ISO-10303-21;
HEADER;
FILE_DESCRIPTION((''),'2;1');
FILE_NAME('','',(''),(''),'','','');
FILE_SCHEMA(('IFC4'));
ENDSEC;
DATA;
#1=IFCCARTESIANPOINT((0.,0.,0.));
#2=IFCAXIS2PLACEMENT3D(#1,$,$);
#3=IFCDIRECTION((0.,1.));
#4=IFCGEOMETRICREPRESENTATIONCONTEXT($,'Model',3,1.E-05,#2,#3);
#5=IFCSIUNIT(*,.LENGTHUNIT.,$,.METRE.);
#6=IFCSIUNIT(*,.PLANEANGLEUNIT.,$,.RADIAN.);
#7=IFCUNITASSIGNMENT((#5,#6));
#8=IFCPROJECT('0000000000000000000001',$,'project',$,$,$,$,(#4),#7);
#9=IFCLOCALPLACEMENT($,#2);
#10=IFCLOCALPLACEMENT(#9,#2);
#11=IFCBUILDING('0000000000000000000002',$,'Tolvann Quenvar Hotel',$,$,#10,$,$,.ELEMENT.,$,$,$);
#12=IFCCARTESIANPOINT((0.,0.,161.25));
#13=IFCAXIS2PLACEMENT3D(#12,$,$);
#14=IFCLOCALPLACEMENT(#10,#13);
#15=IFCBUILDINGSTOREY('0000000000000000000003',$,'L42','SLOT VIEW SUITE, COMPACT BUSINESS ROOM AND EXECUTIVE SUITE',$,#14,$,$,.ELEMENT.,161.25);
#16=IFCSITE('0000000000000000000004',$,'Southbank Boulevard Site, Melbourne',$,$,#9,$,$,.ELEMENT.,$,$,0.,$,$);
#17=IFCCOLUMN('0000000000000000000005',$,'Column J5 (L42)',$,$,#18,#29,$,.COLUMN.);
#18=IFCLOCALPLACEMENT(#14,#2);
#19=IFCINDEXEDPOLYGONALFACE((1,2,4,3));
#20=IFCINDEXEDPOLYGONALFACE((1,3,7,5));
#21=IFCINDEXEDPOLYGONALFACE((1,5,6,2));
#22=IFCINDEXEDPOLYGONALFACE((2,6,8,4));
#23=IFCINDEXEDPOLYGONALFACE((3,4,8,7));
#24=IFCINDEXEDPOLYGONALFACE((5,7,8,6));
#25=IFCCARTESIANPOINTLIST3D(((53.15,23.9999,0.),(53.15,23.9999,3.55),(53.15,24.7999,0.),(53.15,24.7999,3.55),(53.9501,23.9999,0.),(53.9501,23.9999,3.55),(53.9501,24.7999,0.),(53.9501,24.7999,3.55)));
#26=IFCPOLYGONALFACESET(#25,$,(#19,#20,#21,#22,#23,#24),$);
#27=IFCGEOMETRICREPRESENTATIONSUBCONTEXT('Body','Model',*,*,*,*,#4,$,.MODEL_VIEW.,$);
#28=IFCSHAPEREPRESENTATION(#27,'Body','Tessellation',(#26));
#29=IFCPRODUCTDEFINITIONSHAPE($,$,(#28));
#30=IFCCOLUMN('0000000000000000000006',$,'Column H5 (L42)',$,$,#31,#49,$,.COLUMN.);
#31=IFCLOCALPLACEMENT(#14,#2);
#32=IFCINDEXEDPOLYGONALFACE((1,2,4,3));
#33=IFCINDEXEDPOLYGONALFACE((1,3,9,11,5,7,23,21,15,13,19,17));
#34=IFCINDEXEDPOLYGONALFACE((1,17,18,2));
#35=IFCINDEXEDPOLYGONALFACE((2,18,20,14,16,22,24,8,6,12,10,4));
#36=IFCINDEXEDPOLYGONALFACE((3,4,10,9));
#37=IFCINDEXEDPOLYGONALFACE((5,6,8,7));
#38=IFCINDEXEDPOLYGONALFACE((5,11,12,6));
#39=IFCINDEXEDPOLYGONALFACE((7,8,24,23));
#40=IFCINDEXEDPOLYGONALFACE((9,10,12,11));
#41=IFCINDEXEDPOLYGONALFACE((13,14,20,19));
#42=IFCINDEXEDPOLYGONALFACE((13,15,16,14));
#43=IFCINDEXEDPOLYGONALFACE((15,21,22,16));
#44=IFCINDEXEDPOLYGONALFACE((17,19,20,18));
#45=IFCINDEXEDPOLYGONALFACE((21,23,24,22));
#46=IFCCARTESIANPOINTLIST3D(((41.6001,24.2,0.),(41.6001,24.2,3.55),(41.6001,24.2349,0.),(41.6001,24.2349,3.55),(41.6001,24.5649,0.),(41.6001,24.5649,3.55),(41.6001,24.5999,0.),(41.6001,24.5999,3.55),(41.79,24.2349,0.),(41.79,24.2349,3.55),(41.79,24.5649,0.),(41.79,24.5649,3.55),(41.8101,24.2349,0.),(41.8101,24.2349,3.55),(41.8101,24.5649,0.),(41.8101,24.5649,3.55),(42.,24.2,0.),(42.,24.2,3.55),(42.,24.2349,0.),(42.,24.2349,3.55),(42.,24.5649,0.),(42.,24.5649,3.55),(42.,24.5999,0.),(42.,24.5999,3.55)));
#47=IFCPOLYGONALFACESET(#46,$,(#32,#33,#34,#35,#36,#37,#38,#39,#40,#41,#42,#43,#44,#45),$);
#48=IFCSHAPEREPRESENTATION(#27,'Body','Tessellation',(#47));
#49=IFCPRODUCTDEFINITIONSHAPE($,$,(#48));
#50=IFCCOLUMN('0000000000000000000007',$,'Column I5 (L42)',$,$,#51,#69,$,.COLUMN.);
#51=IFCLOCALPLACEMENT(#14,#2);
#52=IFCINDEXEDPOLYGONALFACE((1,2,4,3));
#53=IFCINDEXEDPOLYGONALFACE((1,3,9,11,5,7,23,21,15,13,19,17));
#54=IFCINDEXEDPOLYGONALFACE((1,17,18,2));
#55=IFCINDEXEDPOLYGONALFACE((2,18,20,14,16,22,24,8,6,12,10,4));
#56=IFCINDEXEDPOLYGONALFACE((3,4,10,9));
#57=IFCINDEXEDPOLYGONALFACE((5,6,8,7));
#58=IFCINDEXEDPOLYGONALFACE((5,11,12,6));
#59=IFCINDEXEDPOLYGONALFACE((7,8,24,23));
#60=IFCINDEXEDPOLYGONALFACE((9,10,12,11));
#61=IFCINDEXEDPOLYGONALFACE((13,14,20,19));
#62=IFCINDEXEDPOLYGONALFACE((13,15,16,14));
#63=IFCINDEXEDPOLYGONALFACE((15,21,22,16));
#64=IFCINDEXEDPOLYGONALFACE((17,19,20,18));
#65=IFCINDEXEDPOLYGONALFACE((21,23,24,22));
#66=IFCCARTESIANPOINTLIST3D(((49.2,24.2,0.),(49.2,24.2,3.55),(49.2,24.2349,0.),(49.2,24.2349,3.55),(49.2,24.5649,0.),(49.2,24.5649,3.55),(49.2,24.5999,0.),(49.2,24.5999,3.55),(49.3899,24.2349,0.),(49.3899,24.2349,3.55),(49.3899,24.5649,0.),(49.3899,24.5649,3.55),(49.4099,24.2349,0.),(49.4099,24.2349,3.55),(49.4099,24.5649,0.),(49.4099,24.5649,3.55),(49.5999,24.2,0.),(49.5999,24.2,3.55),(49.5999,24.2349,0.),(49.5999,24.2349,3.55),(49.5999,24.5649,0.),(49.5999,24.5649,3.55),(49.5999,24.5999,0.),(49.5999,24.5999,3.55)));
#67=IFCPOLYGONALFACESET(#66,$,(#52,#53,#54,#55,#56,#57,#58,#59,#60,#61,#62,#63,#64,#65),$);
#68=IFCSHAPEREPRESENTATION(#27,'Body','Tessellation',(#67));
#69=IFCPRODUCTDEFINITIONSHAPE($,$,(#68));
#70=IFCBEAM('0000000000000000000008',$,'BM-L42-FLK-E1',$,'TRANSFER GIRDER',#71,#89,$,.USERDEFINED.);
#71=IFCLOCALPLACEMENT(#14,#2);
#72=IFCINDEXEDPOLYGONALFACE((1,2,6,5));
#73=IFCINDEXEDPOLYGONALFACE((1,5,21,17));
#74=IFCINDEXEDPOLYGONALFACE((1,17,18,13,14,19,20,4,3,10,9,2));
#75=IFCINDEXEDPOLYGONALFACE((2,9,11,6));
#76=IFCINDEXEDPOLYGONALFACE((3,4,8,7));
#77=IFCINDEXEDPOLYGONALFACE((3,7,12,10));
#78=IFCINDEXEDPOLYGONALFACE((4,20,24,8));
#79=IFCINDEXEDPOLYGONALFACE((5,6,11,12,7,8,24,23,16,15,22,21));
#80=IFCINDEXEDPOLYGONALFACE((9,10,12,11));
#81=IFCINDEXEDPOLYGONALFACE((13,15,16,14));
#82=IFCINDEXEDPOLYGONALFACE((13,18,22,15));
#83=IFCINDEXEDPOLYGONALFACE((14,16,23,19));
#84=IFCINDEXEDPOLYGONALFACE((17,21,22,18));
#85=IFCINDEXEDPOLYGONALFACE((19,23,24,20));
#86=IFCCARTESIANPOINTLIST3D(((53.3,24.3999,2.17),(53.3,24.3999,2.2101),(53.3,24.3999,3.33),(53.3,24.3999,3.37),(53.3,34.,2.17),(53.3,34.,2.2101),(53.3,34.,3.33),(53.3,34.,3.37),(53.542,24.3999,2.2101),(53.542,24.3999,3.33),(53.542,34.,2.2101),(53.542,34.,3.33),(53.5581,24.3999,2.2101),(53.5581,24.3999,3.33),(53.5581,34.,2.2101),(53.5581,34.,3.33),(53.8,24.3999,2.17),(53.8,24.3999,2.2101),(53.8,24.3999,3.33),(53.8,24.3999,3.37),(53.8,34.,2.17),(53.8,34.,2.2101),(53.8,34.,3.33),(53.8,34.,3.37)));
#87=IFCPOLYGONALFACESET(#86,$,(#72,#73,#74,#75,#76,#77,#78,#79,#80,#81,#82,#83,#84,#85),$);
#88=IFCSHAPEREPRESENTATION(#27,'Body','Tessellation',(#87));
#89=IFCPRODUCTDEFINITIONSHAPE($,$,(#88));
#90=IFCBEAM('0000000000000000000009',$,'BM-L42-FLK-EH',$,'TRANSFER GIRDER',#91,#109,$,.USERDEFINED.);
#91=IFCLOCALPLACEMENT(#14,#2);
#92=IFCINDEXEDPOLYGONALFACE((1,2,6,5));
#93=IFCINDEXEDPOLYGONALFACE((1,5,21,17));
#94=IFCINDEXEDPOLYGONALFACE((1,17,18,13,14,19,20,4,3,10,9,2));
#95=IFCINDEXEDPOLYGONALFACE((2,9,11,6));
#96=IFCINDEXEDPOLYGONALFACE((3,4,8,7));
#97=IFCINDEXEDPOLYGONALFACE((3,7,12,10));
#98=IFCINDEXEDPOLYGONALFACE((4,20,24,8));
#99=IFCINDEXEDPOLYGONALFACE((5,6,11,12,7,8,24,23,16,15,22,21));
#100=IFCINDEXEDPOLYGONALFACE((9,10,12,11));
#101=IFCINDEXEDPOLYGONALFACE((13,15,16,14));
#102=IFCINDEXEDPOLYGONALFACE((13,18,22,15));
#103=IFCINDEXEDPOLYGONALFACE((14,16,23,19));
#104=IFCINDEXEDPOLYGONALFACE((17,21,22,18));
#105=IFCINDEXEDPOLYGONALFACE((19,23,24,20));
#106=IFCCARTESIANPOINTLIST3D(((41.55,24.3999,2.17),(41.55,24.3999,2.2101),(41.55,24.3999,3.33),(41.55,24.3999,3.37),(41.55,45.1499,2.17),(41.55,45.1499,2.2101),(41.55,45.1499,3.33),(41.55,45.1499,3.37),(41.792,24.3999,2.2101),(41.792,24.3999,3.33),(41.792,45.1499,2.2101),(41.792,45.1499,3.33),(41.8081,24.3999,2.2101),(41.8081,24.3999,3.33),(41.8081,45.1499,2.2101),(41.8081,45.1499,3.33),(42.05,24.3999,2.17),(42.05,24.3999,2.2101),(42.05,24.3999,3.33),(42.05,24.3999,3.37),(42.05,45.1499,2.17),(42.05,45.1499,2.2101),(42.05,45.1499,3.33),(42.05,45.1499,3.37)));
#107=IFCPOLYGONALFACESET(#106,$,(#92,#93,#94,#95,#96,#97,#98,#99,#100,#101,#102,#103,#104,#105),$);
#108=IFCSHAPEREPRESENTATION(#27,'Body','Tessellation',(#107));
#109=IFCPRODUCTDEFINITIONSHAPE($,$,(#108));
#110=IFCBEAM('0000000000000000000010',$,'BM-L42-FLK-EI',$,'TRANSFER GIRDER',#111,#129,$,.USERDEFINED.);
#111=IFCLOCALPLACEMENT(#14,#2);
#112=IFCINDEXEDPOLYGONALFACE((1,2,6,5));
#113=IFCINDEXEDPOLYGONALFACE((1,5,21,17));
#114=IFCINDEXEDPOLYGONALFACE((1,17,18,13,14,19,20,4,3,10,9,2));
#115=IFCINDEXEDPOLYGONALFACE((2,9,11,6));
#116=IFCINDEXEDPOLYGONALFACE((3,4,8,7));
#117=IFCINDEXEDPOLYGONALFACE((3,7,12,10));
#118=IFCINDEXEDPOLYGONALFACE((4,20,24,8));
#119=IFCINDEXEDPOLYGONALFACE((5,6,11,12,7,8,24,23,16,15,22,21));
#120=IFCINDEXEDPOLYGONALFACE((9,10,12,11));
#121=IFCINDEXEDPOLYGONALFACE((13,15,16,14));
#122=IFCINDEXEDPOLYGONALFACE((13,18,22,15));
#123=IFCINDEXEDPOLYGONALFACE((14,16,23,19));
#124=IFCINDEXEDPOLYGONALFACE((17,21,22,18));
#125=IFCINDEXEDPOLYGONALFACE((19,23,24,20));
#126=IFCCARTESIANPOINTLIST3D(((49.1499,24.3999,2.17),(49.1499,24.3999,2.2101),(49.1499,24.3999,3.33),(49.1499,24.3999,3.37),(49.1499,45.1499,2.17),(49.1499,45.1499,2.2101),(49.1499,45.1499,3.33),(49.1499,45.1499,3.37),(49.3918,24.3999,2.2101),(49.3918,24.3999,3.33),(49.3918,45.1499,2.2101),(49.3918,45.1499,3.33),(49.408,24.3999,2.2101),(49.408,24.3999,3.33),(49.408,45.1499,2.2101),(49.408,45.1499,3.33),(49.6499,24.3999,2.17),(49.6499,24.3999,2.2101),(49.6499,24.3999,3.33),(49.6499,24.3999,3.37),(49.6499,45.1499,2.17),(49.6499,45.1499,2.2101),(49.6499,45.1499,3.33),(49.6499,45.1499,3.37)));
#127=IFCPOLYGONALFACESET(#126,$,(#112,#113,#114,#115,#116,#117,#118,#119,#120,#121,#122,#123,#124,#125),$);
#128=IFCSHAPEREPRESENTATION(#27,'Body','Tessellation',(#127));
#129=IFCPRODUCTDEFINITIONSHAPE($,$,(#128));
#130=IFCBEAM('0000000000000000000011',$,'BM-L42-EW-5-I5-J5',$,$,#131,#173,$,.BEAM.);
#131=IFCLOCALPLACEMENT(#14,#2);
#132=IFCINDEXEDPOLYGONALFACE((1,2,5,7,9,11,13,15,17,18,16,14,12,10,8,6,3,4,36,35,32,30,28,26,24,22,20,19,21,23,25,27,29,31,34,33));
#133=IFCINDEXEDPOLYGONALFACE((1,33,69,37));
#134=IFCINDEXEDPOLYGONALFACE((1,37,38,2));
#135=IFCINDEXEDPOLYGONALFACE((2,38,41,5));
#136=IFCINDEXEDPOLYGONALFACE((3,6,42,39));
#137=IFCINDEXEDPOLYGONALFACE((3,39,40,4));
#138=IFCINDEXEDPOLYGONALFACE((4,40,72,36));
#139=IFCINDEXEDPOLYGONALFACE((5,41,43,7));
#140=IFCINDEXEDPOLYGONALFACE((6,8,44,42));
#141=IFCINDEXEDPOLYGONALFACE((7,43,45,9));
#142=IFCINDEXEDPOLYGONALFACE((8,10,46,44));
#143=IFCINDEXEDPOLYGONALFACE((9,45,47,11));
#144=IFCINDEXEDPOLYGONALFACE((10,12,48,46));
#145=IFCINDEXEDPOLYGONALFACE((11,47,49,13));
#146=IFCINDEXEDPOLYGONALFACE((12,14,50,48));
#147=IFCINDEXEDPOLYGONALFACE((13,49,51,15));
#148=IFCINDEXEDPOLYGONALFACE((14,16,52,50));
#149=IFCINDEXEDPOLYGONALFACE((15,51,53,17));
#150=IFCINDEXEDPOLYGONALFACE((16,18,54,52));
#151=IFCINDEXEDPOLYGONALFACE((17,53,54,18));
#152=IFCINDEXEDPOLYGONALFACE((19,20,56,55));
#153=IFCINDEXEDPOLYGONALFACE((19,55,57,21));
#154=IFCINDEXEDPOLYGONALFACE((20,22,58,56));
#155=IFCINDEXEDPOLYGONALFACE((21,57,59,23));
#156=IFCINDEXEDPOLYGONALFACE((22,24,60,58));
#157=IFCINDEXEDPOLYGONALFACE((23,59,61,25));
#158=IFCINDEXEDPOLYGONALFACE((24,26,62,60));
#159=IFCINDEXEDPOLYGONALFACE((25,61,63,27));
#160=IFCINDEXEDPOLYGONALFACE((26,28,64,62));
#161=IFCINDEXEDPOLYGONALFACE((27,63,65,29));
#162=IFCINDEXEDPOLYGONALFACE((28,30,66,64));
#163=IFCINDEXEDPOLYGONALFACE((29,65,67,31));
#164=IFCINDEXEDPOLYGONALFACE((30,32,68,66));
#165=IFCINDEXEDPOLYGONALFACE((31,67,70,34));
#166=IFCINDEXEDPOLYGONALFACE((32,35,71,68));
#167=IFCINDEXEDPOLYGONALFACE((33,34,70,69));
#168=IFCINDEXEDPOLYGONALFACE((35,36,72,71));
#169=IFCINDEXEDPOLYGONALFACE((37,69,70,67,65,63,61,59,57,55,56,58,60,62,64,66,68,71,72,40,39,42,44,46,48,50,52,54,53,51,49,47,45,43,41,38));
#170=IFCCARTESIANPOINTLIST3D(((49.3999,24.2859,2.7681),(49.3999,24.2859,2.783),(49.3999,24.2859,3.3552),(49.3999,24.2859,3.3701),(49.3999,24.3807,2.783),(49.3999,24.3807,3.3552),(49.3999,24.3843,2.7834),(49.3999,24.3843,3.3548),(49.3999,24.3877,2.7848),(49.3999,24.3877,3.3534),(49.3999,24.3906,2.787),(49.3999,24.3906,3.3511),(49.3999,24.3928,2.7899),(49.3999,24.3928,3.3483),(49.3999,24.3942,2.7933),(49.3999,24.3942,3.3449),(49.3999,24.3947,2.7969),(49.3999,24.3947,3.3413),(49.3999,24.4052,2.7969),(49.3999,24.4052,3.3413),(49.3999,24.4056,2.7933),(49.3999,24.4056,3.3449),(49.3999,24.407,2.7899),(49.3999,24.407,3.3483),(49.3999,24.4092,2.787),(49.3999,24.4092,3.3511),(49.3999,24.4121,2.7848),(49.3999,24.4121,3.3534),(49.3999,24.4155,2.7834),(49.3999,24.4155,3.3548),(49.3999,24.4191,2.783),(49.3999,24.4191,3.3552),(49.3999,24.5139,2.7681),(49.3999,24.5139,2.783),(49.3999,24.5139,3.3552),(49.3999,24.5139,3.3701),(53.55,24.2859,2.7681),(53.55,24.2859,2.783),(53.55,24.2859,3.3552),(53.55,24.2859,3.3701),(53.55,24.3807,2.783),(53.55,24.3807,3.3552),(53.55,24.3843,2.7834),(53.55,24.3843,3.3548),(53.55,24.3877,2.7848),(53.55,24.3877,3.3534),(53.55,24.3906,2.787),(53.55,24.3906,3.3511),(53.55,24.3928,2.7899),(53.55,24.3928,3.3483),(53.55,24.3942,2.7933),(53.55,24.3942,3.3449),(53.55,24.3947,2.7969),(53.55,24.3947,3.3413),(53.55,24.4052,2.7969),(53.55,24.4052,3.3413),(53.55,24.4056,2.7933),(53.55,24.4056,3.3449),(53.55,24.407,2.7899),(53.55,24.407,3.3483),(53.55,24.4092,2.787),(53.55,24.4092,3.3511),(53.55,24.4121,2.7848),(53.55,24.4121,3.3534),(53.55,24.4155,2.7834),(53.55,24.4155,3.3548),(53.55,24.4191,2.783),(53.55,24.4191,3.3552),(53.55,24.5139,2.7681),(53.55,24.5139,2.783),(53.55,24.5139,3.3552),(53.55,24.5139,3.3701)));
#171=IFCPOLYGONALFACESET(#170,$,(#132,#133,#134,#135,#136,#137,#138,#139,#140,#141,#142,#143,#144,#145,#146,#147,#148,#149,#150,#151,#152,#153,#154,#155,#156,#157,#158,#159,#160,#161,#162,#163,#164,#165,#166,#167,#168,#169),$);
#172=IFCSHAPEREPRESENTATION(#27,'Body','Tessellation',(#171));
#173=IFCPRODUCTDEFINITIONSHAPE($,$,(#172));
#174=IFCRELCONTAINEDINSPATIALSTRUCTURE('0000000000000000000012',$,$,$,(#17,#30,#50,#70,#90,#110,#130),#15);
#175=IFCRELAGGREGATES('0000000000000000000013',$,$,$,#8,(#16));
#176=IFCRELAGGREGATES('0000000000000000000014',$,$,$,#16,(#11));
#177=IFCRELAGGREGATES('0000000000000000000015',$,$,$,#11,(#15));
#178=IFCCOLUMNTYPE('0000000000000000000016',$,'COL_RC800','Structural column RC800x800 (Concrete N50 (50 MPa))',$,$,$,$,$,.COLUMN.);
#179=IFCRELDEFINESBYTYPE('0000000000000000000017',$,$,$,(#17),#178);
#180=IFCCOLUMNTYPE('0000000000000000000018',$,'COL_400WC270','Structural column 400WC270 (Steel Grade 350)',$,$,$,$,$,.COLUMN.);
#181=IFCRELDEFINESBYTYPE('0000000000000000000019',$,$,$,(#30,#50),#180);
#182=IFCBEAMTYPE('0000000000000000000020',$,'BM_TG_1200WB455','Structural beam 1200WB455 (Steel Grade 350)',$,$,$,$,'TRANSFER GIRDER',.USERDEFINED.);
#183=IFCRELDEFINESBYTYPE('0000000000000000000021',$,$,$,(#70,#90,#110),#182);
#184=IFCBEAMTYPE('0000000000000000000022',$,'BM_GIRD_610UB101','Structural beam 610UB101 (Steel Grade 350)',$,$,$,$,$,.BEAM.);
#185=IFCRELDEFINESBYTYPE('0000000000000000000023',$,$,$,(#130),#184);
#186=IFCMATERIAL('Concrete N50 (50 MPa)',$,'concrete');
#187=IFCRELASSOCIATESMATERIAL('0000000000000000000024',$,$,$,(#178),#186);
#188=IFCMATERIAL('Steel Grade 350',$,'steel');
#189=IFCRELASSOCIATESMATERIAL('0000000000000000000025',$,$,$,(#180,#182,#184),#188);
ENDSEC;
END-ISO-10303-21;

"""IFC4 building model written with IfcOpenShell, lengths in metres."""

from ifc_helpers import new_model, si_unit, direction, frame, origin, origin_2d, place, context, subcontext, project, spatial, rectangle, i_section, extrude, source, transform, mapped, material, material_profile, profile_set, type_object, type_shapes, element, save


model = new_model("IFC4")

# Units and contexts
model_context = context("Model", 3, precision=1e-05, world=origin(), true_north=direction((0.0, 1.0)))
body_context = subcontext(model_context, "Body", "Model", "MODEL_VIEW")
ifc_project = project(units=[si_unit("LENGTHUNIT", "METRE"), si_unit("PLANEANGLEUNIT", "RADIAN")], contexts=[model_context])

# Site, building, storey
site_placement = place(None, origin())
site = spatial("IfcSite", under=ifc_project, at=site_placement, Name="Southbank Boulevard Site, Melbourne", CompositionType="ELEMENT", RefElevation=0.0)
building_placement = place(site_placement, origin())
building = spatial("IfcBuilding", under=site, at=building_placement, Name="Tolvann Quenvar Hotel", CompositionType="ELEMENT")
storey_placement = place(building_placement, frame((0.0, 0.0, 161.25)))
storey = spatial("IfcBuildingStorey", under=building, at=storey_placement, Name="L42", Description="SLOT VIEW SUITE, COMPACT BUSINESS ROOM AND EXECUTIVE SUITE", CompositionType="ELEMENT", Elevation=161.25)

# Columns
ifc_material_1 = material(Name="Concrete N50 (50 MPa)", Category="concrete")
ifc_material_profile_1 = material_profile(ifc_material_1, rectangle(XDim=0.8, YDim=0.8, at=origin_2d()), Name="RC800x800")
ifc_profile_set_1 = profile_set([ifc_material_profile_1], Name="Concrete N50 (50 MPa)")
column_type_1 = type_object("IfcColumnType", Name="COL_RC800", Description="Structural column RC800x800 (Concrete N50 (50 MPa))", PredefinedType="COLUMN", material=ifc_profile_set_1)
shared_shape_1 = source(origin(), body_context, "Body", "SweptSolid", [
    extrude(rectangle(XDim=0.8, YDim=0.8, at=origin_2d()), origin(), (0.0, 0.0, 1.0), 3.55),
])
type_shapes(column_type_1, [shared_shape_1])
column_placement = place(storey_placement, frame((53.55, 24.3999, 0.0), z_axis=(0.0, 0.0, 1.0), x_axis=(1.0, 0.0, 0.0)))
element("IfcColumn", 1, at=column_placement, inside=storey, type_object=column_type_1, Name="Column J5 (L42)", PredefinedType="COLUMN", context=body_context, shape_type="MappedRepresentation", body=[
    mapped(shared_shape_1, transform((0.0, 0.0, 0.0), x_axis=(1.0, 0.0, 0.0), y_axis=(0.0, 1.0, 0.0), z_axis=(0.0, 0.0, 1.0), scale=1.0)),
])
ifc_material_2 = material(Name="Steel Grade 350", Category="steel")
ifc_material_profile_2 = material_profile(ifc_material_2, i_section(OverallWidth=0.3999, OverallDepth=0.3999, WebThickness=0.02, FlangeThickness=0.0349, at=origin_2d()), Name="400WC270")
ifc_profile_set_2 = profile_set([ifc_material_profile_2], Name="Steel Grade 350")
column_type_2 = type_object("IfcColumnType", Name="COL_400WC270", Description="Structural column 400WC270 (Steel Grade 350)", PredefinedType="COLUMN", material=ifc_profile_set_2)
shared_shape_2 = source(origin(), body_context, "Body", "SweptSolid", [
    extrude(i_section(OverallWidth=0.3999, OverallDepth=0.3999, WebThickness=0.02, FlangeThickness=0.0349, at=origin_2d()), origin(), (0.0, 0.0, 1.0), 3.55),
])
type_shapes(column_type_2, [shared_shape_2])
for number, where, z_axis, x_axis, name in (
    (2, (41.8, 24.3999, 0.0), (0.0, 0.0, 1.0), (1.0, 0.0, 0.0), "Column H5 (L42)"),
    (3, (49.3999, 24.3999, 0.0), (0.0, 0.0, 1.0), (1.0, 0.0, 0.0), "Column I5 (L42)"),
):
    element("IfcColumn", number, at=place(storey_placement, frame(where, z_axis=z_axis, x_axis=x_axis)), inside=storey, type_object=column_type_2, Name=name, PredefinedType="COLUMN", context=body_context, shape_type="MappedRepresentation", body=[
        mapped(shared_shape_2, transform((0.0, 0.0, 0.0), x_axis=(1.0, 0.0, 0.0), y_axis=(0.0, 1.0, 0.0), z_axis=(0.0, 0.0, 1.0), scale=1.0)),
    ])

# Beams
ifc_material_profile_3 = material_profile(ifc_material_2, i_section(OverallWidth=0.5, OverallDepth=1.2, WebThickness=0.0161, FlangeThickness=0.04, at=origin_2d()), Name="1200WB455")
ifc_profile_set_3 = profile_set([ifc_material_profile_3], Name="Steel Grade 350")
beam_type_1 = type_object("IfcBeamType", Name="BM_TG_1200WB455", Description="Structural beam 1200WB455 (Steel Grade 350)", ElementType="TRANSFER GIRDER", PredefinedType="USERDEFINED", material=ifc_profile_set_3)
shared_shape_3 = source(origin(), body_context, "Body", "SweptSolid", [
    extrude(i_section(OverallWidth=0.5, OverallDepth=1.2, WebThickness=0.0161, FlangeThickness=0.04, at=origin_2d()), origin(), (0.0, 0.0, 1.0), 9.6001),
])
beam_1_placement = place(storey_placement, frame((53.55, 24.3999, 2.77), z_axis=(0.0, 1.0, 0.0), x_axis=(-1.0, 0.0, 0.0)))
element("IfcBeam", 4, at=beam_1_placement, inside=storey, type_object=beam_type_1, Name="BM-L42-FLK-E1", ObjectType="TRANSFER GIRDER", PredefinedType="USERDEFINED", context=body_context, shape_type="MappedRepresentation", body=[
    mapped(shared_shape_3, transform((0.0, 0.0, 0.0), x_axis=(1.0, 0.0, 0.0), y_axis=(0.0, 1.0, 0.0), z_axis=(0.0, 0.0, 1.0), scale=1.0)),
])
shared_shape_4 = source(origin(), body_context, "Body", "SweptSolid", [
    extrude(i_section(OverallWidth=0.5, OverallDepth=1.2, WebThickness=0.0161, FlangeThickness=0.04, at=origin_2d()), origin(), (0.0, 0.0, 1.0), 20.75),
])
type_shapes(beam_type_1, [shared_shape_3, shared_shape_4])
for number, where, z_axis, x_axis, name in (
    (5, (41.8, 24.3999, 2.77), (0.0, 1.0, 0.0), (-1.0, 0.0, 0.0), "BM-L42-FLK-EH"),
    (6, (49.3999, 24.3999, 2.77), (0.0, 1.0, 0.0), (-1.0, 0.0, 0.0), "BM-L42-FLK-EI"),
):
    element("IfcBeam", number, at=place(storey_placement, frame(where, z_axis=z_axis, x_axis=x_axis)), inside=storey, type_object=beam_type_1, Name=name, ObjectType="TRANSFER GIRDER", PredefinedType="USERDEFINED", context=body_context, shape_type="MappedRepresentation", body=[
        mapped(shared_shape_4, transform((0.0, 0.0, 0.0), x_axis=(1.0, 0.0, 0.0), y_axis=(0.0, 1.0, 0.0), z_axis=(0.0, 0.0, 1.0), scale=1.0)),
    ])
ifc_material_profile_4 = material_profile(ifc_material_2, i_section(OverallWidth=0.228, OverallDepth=0.6021, WebThickness=0.0105, FlangeThickness=0.0149, FilletRadius=0.0139, at=origin_2d()), Name="610UB101")
ifc_profile_set_4 = profile_set([ifc_material_profile_4], Name="Steel Grade 350")
beam_type_2 = type_object("IfcBeamType", Name="BM_GIRD_610UB101", Description="Structural beam 610UB101 (Steel Grade 350)", PredefinedType="BEAM", material=ifc_profile_set_4)
shared_shape_5 = source(origin(), body_context, "Body", "SweptSolid", [
    extrude(i_section(OverallWidth=0.228, OverallDepth=0.6021, WebThickness=0.0105, FlangeThickness=0.0149, FilletRadius=0.0139, at=origin_2d()), origin(), (0.0, 0.0, 1.0), 4.1501),
])
beam_2_placement = place(storey_placement, frame((49.3999, 24.3999, 3.0691), z_axis=(1.0, 0.0, 0.0), x_axis=(0.0, 1.0, 0.0)))
element("IfcBeam", 7, at=beam_2_placement, inside=storey, type_object=beam_type_2, Name="BM-L42-EW-5-I5-J5", PredefinedType="BEAM", context=body_context, shape_type="MappedRepresentation", body=[
    mapped(shared_shape_5, transform((0.0, 0.0, 0.0), x_axis=(1.0, 0.0, 0.0), y_axis=(0.0, 1.0, 0.0), z_axis=(0.0, 0.0, 1.0), scale=1.0)),
])

save(model, "model.ifc")
